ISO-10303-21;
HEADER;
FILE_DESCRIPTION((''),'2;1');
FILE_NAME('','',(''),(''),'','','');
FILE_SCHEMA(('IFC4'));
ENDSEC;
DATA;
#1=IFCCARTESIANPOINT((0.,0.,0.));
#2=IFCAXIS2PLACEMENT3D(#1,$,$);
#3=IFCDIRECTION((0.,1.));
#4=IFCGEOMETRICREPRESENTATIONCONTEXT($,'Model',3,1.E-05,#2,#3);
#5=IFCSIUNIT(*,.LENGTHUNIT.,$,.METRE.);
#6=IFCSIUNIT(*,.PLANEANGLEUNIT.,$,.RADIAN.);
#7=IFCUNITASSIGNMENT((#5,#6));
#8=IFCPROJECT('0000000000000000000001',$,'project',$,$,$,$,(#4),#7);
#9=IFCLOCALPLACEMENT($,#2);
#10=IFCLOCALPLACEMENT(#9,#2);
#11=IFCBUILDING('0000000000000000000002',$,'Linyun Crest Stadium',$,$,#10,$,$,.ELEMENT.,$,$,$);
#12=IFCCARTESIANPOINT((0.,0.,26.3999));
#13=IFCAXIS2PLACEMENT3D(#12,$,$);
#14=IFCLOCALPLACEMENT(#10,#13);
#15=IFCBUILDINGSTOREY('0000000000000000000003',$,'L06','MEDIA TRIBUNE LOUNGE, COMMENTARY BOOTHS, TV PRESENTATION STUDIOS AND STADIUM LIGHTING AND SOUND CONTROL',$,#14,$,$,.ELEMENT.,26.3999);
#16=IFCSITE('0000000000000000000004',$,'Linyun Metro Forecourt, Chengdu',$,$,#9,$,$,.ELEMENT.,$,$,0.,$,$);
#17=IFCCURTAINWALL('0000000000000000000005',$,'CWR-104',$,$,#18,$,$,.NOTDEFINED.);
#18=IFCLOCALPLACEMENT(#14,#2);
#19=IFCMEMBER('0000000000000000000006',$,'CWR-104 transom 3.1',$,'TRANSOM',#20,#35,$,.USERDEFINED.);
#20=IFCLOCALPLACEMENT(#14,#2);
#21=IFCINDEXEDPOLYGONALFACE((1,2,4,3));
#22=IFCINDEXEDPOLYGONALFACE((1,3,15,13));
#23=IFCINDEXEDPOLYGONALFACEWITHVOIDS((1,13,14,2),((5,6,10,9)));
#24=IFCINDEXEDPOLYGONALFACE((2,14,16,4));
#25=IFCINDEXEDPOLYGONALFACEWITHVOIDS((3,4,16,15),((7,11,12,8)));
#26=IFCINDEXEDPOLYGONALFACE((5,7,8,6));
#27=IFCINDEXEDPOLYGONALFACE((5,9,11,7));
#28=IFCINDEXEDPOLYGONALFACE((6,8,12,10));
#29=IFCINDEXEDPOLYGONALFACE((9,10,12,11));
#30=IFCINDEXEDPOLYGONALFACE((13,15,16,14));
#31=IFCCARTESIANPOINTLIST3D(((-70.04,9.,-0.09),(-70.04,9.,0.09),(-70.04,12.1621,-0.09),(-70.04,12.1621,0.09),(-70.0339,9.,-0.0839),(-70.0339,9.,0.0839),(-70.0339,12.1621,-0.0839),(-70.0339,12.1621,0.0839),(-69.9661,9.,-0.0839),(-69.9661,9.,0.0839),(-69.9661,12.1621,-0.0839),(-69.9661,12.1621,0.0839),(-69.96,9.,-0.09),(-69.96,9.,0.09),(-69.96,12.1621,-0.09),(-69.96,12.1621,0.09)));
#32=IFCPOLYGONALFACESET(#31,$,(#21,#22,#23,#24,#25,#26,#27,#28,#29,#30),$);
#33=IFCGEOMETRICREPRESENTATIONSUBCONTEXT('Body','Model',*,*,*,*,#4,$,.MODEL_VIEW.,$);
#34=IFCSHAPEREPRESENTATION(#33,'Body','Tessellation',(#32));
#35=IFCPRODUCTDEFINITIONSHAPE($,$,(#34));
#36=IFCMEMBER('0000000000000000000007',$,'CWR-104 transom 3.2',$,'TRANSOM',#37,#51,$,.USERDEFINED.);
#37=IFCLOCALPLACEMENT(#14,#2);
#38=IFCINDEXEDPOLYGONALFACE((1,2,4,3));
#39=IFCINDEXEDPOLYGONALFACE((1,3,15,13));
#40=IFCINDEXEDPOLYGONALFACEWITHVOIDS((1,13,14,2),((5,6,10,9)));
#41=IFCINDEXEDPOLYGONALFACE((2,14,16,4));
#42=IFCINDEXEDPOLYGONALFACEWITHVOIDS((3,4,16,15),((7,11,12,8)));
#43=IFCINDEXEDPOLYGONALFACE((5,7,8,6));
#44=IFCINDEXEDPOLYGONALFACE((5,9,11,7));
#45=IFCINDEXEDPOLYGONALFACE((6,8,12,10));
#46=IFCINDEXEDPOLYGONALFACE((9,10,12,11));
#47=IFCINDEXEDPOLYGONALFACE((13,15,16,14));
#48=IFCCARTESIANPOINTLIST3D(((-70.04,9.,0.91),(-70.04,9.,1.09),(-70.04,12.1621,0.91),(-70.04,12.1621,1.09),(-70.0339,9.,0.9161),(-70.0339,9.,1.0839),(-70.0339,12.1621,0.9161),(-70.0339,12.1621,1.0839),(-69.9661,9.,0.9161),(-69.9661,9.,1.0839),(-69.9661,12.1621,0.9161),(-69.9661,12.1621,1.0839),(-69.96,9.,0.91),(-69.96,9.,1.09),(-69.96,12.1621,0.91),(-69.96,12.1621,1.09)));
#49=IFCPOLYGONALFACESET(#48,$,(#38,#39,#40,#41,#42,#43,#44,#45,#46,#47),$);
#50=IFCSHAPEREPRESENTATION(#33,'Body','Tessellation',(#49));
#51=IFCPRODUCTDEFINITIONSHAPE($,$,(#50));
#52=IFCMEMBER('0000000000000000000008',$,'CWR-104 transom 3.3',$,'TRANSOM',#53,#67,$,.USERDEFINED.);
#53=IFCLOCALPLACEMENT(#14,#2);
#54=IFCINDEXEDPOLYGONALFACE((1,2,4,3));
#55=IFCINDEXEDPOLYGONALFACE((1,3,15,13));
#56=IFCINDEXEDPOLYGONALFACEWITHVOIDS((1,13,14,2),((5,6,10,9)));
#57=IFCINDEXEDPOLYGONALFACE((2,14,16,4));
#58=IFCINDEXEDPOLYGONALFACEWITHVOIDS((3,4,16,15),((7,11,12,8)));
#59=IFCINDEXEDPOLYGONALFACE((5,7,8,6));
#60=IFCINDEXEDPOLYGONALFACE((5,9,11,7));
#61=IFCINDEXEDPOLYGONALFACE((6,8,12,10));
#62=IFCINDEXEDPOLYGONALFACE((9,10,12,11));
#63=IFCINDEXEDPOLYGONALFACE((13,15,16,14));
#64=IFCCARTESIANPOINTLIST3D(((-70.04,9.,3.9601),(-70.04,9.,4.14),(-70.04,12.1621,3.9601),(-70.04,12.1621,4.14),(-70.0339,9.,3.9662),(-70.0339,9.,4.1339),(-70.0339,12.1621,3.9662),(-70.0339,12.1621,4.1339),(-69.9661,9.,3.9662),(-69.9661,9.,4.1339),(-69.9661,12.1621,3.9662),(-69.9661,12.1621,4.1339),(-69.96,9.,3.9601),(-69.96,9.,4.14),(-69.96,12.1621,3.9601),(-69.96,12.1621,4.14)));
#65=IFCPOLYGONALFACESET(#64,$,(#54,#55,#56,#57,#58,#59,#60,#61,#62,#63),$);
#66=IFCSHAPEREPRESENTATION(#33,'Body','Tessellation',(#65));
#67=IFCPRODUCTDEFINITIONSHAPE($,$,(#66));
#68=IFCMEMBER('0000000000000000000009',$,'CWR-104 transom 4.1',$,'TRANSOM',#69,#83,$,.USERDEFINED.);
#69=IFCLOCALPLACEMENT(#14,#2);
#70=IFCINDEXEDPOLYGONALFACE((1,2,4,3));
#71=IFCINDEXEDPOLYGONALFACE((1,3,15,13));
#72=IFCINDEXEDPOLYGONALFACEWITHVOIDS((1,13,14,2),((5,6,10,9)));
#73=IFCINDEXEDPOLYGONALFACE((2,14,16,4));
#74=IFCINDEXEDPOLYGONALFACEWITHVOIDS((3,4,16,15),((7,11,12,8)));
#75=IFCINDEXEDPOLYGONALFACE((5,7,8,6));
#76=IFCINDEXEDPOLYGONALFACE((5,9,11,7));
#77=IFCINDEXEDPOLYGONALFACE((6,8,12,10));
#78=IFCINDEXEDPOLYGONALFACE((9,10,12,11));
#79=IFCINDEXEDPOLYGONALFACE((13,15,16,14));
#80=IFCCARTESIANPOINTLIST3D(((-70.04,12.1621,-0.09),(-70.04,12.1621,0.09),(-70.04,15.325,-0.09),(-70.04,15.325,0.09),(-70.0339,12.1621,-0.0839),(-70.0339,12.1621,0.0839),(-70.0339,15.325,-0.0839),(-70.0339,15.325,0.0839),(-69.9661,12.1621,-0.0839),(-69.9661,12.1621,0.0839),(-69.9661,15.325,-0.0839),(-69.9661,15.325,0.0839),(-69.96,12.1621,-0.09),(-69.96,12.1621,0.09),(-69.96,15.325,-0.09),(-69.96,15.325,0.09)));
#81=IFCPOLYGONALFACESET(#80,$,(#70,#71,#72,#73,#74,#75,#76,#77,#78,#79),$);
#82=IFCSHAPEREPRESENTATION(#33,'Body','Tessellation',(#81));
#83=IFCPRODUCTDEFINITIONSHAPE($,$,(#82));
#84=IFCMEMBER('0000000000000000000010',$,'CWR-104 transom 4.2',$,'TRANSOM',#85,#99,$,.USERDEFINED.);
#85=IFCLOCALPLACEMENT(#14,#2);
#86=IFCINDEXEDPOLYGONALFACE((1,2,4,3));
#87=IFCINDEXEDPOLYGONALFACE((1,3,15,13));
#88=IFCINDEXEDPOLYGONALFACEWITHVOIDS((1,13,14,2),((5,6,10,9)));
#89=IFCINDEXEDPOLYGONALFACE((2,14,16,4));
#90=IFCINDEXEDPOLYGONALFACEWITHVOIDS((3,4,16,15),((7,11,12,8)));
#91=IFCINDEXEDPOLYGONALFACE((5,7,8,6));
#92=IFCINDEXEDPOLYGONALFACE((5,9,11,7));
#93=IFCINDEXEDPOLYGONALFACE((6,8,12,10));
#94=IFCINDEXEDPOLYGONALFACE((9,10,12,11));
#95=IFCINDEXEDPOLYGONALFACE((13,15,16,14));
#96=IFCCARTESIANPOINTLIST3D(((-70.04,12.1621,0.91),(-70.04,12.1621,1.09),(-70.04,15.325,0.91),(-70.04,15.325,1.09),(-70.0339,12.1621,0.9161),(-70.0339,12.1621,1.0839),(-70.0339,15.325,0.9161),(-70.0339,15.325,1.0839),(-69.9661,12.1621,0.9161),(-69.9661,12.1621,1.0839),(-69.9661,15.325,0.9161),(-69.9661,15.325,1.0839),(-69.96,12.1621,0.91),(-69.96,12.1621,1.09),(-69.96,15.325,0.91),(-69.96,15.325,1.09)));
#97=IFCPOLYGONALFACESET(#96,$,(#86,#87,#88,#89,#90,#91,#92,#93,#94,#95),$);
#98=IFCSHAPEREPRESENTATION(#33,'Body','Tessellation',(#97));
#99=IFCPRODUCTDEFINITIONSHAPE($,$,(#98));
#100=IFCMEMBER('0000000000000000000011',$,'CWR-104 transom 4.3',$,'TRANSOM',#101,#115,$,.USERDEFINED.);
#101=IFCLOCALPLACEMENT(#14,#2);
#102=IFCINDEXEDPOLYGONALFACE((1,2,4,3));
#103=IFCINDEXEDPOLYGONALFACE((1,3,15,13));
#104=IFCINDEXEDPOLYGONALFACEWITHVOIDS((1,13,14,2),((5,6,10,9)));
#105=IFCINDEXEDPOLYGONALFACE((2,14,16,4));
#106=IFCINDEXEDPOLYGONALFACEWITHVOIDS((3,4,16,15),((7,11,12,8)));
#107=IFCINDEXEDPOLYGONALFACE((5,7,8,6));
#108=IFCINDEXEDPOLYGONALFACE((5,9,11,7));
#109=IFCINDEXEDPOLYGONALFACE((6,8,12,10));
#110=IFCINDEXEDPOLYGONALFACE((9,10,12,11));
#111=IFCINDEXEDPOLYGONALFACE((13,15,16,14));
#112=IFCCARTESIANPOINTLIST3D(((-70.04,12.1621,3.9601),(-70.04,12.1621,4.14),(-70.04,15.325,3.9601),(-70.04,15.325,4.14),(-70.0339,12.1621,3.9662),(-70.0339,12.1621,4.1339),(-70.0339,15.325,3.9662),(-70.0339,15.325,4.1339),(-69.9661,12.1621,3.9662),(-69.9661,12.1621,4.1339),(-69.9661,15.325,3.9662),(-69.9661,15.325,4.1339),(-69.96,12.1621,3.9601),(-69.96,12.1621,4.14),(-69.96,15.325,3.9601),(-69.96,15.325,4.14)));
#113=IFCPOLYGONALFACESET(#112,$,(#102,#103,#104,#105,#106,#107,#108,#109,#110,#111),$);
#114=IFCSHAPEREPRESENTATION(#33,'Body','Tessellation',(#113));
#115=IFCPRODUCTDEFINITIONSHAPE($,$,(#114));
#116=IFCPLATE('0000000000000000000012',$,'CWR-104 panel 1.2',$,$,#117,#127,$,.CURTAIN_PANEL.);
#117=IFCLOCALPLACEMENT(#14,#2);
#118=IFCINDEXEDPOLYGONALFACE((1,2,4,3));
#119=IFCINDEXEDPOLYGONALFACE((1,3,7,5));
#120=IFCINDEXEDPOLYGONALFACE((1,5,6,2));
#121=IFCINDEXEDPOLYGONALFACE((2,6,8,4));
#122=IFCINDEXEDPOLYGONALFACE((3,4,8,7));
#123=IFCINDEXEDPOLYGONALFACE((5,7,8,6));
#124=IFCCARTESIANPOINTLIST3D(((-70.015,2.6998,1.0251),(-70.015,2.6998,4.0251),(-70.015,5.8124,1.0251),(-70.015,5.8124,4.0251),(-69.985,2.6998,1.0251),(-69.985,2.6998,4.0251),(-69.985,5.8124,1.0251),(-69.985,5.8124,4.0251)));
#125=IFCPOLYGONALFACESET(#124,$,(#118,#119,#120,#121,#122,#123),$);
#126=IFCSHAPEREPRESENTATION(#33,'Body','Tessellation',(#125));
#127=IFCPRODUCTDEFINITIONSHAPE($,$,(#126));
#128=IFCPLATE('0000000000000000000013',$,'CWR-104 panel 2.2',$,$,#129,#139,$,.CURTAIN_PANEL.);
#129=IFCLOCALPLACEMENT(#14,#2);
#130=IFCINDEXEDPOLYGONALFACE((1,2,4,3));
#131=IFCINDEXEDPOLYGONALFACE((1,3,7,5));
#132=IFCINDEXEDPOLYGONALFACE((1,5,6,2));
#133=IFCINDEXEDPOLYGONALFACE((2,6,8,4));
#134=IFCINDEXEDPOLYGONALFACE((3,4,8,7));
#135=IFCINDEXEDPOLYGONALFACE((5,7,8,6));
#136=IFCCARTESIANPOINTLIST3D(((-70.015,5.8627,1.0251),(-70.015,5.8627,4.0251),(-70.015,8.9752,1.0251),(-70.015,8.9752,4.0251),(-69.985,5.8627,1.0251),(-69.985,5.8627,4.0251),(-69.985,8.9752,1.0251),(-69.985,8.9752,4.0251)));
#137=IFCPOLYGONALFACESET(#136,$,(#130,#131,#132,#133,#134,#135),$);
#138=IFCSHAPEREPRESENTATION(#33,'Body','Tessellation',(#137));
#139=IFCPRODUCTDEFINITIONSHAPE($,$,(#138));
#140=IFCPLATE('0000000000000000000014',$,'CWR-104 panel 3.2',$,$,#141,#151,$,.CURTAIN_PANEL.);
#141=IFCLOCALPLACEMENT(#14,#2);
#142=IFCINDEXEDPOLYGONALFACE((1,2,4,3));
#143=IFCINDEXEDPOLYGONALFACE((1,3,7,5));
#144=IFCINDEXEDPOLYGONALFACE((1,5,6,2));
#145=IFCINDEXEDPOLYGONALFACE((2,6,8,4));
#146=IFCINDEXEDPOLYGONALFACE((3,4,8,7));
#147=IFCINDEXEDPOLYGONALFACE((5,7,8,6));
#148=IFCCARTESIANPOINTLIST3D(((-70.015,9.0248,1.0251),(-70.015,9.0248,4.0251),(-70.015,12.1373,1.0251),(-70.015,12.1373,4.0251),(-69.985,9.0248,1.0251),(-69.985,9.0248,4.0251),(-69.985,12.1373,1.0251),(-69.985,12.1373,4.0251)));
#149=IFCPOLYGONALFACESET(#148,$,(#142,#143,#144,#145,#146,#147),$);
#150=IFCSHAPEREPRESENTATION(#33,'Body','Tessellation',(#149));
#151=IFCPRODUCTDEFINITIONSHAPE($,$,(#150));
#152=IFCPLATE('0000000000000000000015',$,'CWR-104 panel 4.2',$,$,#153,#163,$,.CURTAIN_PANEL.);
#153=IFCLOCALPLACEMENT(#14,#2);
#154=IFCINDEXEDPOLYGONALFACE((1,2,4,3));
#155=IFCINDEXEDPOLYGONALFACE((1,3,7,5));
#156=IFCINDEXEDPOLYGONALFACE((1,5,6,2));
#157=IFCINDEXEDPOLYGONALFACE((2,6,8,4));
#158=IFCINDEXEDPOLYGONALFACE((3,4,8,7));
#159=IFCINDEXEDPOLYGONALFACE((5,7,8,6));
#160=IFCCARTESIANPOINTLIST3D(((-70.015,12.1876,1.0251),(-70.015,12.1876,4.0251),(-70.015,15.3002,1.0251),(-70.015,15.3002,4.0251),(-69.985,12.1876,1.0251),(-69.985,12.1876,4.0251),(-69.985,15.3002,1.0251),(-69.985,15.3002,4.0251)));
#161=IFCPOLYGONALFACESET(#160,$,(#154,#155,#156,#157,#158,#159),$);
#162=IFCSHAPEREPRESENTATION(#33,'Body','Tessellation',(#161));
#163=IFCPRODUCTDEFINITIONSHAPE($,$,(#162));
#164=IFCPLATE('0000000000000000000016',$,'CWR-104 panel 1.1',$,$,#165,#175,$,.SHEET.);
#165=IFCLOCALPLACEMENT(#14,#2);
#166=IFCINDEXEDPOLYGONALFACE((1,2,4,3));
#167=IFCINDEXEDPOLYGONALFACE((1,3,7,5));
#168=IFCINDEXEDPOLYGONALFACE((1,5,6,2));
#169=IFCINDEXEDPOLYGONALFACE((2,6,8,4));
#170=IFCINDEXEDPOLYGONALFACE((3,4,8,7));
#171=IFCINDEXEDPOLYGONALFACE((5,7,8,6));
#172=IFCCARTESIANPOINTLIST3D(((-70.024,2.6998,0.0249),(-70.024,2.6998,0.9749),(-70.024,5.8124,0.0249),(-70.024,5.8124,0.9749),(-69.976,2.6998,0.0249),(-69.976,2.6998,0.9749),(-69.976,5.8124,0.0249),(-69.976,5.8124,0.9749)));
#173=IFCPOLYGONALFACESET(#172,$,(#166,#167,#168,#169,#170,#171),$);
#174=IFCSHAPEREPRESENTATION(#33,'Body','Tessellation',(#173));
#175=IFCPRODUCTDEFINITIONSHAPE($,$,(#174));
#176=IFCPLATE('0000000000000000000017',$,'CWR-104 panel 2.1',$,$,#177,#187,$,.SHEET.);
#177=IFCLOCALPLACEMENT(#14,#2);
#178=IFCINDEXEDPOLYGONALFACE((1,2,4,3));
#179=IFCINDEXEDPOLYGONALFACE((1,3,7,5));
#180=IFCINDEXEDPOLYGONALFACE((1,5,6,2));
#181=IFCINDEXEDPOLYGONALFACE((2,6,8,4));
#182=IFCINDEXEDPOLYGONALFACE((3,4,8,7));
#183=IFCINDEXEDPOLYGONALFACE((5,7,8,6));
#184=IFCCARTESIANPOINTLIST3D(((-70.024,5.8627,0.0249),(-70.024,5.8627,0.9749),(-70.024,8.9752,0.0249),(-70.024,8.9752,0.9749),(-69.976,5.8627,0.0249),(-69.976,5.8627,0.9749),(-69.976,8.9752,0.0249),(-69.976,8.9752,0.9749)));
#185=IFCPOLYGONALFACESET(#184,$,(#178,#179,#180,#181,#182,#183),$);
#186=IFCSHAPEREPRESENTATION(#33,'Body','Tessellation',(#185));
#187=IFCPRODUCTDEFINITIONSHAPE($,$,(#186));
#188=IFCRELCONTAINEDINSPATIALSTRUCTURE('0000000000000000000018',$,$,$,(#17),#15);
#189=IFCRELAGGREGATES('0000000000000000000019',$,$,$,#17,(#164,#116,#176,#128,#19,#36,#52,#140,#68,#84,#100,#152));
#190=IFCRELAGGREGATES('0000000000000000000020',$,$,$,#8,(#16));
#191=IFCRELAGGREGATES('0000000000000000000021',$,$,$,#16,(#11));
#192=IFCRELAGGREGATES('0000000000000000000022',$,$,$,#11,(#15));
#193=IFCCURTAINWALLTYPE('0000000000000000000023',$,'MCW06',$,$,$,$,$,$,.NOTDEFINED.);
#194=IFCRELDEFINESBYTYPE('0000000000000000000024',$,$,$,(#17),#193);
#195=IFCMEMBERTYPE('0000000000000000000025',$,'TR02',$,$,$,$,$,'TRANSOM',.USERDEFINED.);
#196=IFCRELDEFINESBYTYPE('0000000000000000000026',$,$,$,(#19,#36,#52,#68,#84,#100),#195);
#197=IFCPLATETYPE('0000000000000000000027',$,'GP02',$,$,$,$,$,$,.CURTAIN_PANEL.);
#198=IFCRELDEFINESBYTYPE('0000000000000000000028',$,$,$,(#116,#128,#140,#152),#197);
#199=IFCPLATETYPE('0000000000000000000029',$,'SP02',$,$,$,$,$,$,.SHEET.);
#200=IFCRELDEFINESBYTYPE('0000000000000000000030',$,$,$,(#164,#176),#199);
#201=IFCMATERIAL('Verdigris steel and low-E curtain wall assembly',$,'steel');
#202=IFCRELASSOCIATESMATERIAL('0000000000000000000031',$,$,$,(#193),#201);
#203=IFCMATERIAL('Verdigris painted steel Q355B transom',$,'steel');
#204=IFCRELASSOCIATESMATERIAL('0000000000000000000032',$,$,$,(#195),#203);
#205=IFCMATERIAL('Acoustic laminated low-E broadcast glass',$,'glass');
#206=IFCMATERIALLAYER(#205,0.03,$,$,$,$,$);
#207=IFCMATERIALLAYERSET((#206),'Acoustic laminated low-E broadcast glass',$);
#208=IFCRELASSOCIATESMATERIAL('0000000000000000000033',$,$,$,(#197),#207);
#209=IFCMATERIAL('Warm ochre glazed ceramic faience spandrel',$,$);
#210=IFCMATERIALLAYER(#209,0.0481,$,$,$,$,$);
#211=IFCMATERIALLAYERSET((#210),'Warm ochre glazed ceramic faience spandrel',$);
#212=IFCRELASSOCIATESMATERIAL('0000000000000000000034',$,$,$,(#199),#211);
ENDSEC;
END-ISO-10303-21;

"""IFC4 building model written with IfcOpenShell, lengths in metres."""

from ifc_helpers import new_model, si_unit, direction, frame, origin, origin_2d, place, context, subcontext, project, spatial, rectangle, hollow_rectangle, extrude, material, layer, layer_set, material_profile, profile_set, type_object, element, aggregate, save


model = new_model("IFC4")

# Units and contexts
model_context = context("Model", 3, precision=1e-05, world=origin(), true_north=direction((0.0, 1.0)))
body_context = subcontext(model_context, "Body", "Model", "MODEL_VIEW")
ifc_project = project(units=[si_unit("LENGTHUNIT", "METRE"), si_unit("PLANEANGLEUNIT", "RADIAN")], contexts=[model_context])

# Site, building, storey
site_placement = place(None, origin())
site = spatial("IfcSite", under=ifc_project, at=site_placement, Name="Linyun Metro Forecourt, Chengdu", CompositionType="ELEMENT", RefElevation=0.0)
building_placement = place(site_placement, origin())
building = spatial("IfcBuilding", under=site, at=building_placement, Name="Linyun Crest Stadium", CompositionType="ELEMENT")
storey_placement = place(building_placement, frame((0.0, 0.0, 26.3999)))
storey = spatial("IfcBuildingStorey", under=building, at=storey_placement, Name="L06", Description="MEDIA TRIBUNE LOUNGE, COMMENTARY BOOTHS, TV PRESENTATION STUDIOS AND STADIUM LIGHTING AND SOUND CONTROL", CompositionType="ELEMENT", Elevation=26.3999)

# Curtain wall
ifc_material_1 = material(Name="Verdigris steel and low-E curtain wall assembly", Category="steel")
curtain_wall_type = type_object("IfcCurtainWallType", Name="MCW06", PredefinedType="NOTDEFINED", material=ifc_material_1)
curtain_wall_placement = place(storey_placement, origin())
curtain_wall = element("IfcCurtainWall", 1, at=curtain_wall_placement, inside=storey, type_object=curtain_wall_type, Name="CWR-104", PredefinedType="NOTDEFINED")

# Members
ifc_material_2 = material(Name="Verdigris painted steel Q355B transom", Category="steel")
ifc_material_profile_1 = material_profile(ifc_material_2, hollow_rectangle(XDim=0.0801, YDim=0.1799, WallThickness=0.0061, at=origin_2d()), Name="RHS 180x80x6")
ifc_profile_set_1 = profile_set([ifc_material_profile_1], Name="Verdigris painted steel Q355B transom")
member_type_1 = type_object("IfcMemberType", Name="TR02", ElementType="TRANSOM", PredefinedType="USERDEFINED", material=ifc_profile_set_1)
member_1_placement = place(storey_placement, frame((-70.0, 9.0, 0.0), z_axis=(0.0, 1.0, 0.0), x_axis=(-1.0, 0.0, 0.0)))
member_1 = element("IfcMember", 2, at=member_1_placement, type_object=member_type_1, Name="CWR-104 transom 3.1", ObjectType="TRANSOM", PredefinedType="USERDEFINED", context=body_context, shape_type="SweptSolid", body=[
    extrude(hollow_rectangle(XDim=0.0801, YDim=0.1799, WallThickness=0.0061, at=origin_2d()), origin(), (0.0, 0.0, 1.0), 3.1621),
])
member_2_placement = place(storey_placement, frame((-70.0, 9.0, 1.0), z_axis=(0.0, 1.0, 0.0), x_axis=(-1.0, 0.0, 0.0)))
member_2 = element("IfcMember", 3, at=member_2_placement, type_object=member_type_1, Name="CWR-104 transom 3.2", ObjectType="TRANSOM", PredefinedType="USERDEFINED", context=body_context, shape_type="SweptSolid", body=[
    extrude(hollow_rectangle(XDim=0.0801, YDim=0.1799, WallThickness=0.0061, at=origin_2d()), origin(), (0.0, 0.0, 1.0), 3.1621),
])
member_3_placement = place(storey_placement, frame((-70.0, 9.0, 4.05), z_axis=(0.0, 1.0, 0.0), x_axis=(-1.0, 0.0, 0.0)))
member_3 = element("IfcMember", 4, at=member_3_placement, type_object=member_type_1, Name="CWR-104 transom 3.3", ObjectType="TRANSOM", PredefinedType="USERDEFINED", context=body_context, shape_type="SweptSolid", body=[
    extrude(hollow_rectangle(XDim=0.0801, YDim=0.1799, WallThickness=0.0061, at=origin_2d()), origin(), (0.0, 0.0, 1.0), 3.1621),
])
member_4_placement = place(storey_placement, frame((-70.0, 12.1621, 0.0), z_axis=(0.0, 1.0, 0.0), x_axis=(-1.0, 0.0, 0.0)))
member_4 = element("IfcMember", 5, at=member_4_placement, type_object=member_type_1, Name="CWR-104 transom 4.1", ObjectType="TRANSOM", PredefinedType="USERDEFINED", context=body_context, shape_type="SweptSolid", body=[
    extrude(hollow_rectangle(XDim=0.0801, YDim=0.1799, WallThickness=0.0061, at=origin_2d()), origin(), (0.0, 0.0, 1.0), 3.1628),
])
member_5_placement = place(storey_placement, frame((-70.0, 12.1621, 1.0), z_axis=(0.0, 1.0, 0.0), x_axis=(-1.0, 0.0, 0.0)))
member_5 = element("IfcMember", 6, at=member_5_placement, type_object=member_type_1, Name="CWR-104 transom 4.2", ObjectType="TRANSOM", PredefinedType="USERDEFINED", context=body_context, shape_type="SweptSolid", body=[
    extrude(hollow_rectangle(XDim=0.0801, YDim=0.1799, WallThickness=0.0061, at=origin_2d()), origin(), (0.0, 0.0, 1.0), 3.1628),
])
member_6_placement = place(storey_placement, frame((-70.0, 12.1621, 4.05), z_axis=(0.0, 1.0, 0.0), x_axis=(-1.0, 0.0, 0.0)))
member_6 = element("IfcMember", 7, at=member_6_placement, type_object=member_type_1, Name="CWR-104 transom 4.3", ObjectType="TRANSOM", PredefinedType="USERDEFINED", context=body_context, shape_type="SweptSolid", body=[
    extrude(hollow_rectangle(XDim=0.0801, YDim=0.1799, WallThickness=0.0061, at=origin_2d()), origin(), (0.0, 0.0, 1.0), 3.1628),
])

# Plates
ifc_material_3 = material(Name="Acoustic laminated low-E broadcast glass", Category="glass")
ifc_layer_1 = layer(ifc_material_3, 0.03)
ifc_layer_set_1 = layer_set([ifc_layer_1], Name="Acoustic laminated low-E broadcast glass")
plate_type_1 = type_object("IfcPlateType", Name="GP02", PredefinedType="CURTAIN_PANEL", material=ifc_layer_set_1)
plate_1_placement = place(storey_placement, frame((-70.0, 4.2561, 1.0251), z_axis=(0.0, 0.0, 1.0), x_axis=(0.0, 1.0, 0.0)))
plate_1 = element("IfcPlate", 8, at=plate_1_placement, type_object=plate_type_1, Name="CWR-104 panel 1.2", PredefinedType="CURTAIN_PANEL", context=body_context, shape_type="SweptSolid", body=[
    extrude(rectangle(XDim=3.1125, YDim=0.03, at=origin_2d()), origin(), (0.0, 0.0, 1.0), 3.0),
])
plate_2_placement = place(storey_placement, frame((-70.0, 7.4189, 1.0251), z_axis=(0.0, 0.0, 1.0), x_axis=(0.0, 1.0, 0.0)))
plate_2 = element("IfcPlate", 9, at=plate_2_placement, type_object=plate_type_1, Name="CWR-104 panel 2.2", PredefinedType="CURTAIN_PANEL", context=body_context, shape_type="SweptSolid", body=[
    extrude(rectangle(XDim=3.1125, YDim=0.03, at=origin_2d()), origin(), (0.0, 0.0, 1.0), 3.0),
])
plate_3_placement = place(storey_placement, frame((-70.0, 10.5811, 1.0251), z_axis=(0.0, 0.0, 1.0), x_axis=(0.0, 1.0, 0.0)))
plate_3 = element("IfcPlate", 10, at=plate_3_placement, type_object=plate_type_1, Name="CWR-104 panel 3.2", PredefinedType="CURTAIN_PANEL", context=body_context, shape_type="SweptSolid", body=[
    extrude(rectangle(XDim=3.1125, YDim=0.03, at=origin_2d()), origin(), (0.0, 0.0, 1.0), 3.0),
])
plate_4_placement = place(storey_placement, frame((-70.0, 13.7439, 1.0251), z_axis=(0.0, 0.0, 1.0), x_axis=(0.0, 1.0, 0.0)))
plate_4 = element("IfcPlate", 11, at=plate_4_placement, type_object=plate_type_1, Name="CWR-104 panel 4.2", PredefinedType="CURTAIN_PANEL", context=body_context, shape_type="SweptSolid", body=[
    extrude(rectangle(XDim=3.1125, YDim=0.03, at=origin_2d()), origin(), (0.0, 0.0, 1.0), 3.0),
])
ifc_material_4 = material(Name="Warm ochre glazed ceramic faience spandrel")
ifc_layer_2 = layer(ifc_material_4, 0.0481)
ifc_layer_set_2 = layer_set([ifc_layer_2], Name="Warm ochre glazed ceramic faience spandrel")
plate_type_2 = type_object("IfcPlateType", Name="SP02", PredefinedType="SHEET", material=ifc_layer_set_2)
plate_5_placement = place(storey_placement, frame((-70.0, 4.2561, 0.0249), z_axis=(0.0, 0.0, 1.0), x_axis=(0.0, 1.0, 0.0)))
plate_5 = element("IfcPlate", 12, at=plate_5_placement, type_object=plate_type_2, Name="CWR-104 panel 1.1", PredefinedType="SHEET", context=body_context, shape_type="SweptSolid", body=[
    extrude(rectangle(XDim=3.1125, YDim=0.0481, at=origin_2d()), origin(), (0.0, 0.0, 1.0), 0.95),
])
plate_6_placement = place(storey_placement, frame((-70.0, 7.4189, 0.0249), z_axis=(0.0, 0.0, 1.0), x_axis=(0.0, 1.0, 0.0)))
plate_6 = element("IfcPlate", 13, at=plate_6_placement, type_object=plate_type_2, Name="CWR-104 panel 2.1", PredefinedType="SHEET", context=body_context, shape_type="SweptSolid", body=[
    extrude(rectangle(XDim=3.1125, YDim=0.0481, at=origin_2d()), origin(), (0.0, 0.0, 1.0), 0.95),
])
aggregate(curtain_wall, [plate_5, plate_1, plate_6, plate_2, member_1, member_2, member_3, plate_3, member_4, member_5, member_6, plate_4])

save(model, "model.ifc")
